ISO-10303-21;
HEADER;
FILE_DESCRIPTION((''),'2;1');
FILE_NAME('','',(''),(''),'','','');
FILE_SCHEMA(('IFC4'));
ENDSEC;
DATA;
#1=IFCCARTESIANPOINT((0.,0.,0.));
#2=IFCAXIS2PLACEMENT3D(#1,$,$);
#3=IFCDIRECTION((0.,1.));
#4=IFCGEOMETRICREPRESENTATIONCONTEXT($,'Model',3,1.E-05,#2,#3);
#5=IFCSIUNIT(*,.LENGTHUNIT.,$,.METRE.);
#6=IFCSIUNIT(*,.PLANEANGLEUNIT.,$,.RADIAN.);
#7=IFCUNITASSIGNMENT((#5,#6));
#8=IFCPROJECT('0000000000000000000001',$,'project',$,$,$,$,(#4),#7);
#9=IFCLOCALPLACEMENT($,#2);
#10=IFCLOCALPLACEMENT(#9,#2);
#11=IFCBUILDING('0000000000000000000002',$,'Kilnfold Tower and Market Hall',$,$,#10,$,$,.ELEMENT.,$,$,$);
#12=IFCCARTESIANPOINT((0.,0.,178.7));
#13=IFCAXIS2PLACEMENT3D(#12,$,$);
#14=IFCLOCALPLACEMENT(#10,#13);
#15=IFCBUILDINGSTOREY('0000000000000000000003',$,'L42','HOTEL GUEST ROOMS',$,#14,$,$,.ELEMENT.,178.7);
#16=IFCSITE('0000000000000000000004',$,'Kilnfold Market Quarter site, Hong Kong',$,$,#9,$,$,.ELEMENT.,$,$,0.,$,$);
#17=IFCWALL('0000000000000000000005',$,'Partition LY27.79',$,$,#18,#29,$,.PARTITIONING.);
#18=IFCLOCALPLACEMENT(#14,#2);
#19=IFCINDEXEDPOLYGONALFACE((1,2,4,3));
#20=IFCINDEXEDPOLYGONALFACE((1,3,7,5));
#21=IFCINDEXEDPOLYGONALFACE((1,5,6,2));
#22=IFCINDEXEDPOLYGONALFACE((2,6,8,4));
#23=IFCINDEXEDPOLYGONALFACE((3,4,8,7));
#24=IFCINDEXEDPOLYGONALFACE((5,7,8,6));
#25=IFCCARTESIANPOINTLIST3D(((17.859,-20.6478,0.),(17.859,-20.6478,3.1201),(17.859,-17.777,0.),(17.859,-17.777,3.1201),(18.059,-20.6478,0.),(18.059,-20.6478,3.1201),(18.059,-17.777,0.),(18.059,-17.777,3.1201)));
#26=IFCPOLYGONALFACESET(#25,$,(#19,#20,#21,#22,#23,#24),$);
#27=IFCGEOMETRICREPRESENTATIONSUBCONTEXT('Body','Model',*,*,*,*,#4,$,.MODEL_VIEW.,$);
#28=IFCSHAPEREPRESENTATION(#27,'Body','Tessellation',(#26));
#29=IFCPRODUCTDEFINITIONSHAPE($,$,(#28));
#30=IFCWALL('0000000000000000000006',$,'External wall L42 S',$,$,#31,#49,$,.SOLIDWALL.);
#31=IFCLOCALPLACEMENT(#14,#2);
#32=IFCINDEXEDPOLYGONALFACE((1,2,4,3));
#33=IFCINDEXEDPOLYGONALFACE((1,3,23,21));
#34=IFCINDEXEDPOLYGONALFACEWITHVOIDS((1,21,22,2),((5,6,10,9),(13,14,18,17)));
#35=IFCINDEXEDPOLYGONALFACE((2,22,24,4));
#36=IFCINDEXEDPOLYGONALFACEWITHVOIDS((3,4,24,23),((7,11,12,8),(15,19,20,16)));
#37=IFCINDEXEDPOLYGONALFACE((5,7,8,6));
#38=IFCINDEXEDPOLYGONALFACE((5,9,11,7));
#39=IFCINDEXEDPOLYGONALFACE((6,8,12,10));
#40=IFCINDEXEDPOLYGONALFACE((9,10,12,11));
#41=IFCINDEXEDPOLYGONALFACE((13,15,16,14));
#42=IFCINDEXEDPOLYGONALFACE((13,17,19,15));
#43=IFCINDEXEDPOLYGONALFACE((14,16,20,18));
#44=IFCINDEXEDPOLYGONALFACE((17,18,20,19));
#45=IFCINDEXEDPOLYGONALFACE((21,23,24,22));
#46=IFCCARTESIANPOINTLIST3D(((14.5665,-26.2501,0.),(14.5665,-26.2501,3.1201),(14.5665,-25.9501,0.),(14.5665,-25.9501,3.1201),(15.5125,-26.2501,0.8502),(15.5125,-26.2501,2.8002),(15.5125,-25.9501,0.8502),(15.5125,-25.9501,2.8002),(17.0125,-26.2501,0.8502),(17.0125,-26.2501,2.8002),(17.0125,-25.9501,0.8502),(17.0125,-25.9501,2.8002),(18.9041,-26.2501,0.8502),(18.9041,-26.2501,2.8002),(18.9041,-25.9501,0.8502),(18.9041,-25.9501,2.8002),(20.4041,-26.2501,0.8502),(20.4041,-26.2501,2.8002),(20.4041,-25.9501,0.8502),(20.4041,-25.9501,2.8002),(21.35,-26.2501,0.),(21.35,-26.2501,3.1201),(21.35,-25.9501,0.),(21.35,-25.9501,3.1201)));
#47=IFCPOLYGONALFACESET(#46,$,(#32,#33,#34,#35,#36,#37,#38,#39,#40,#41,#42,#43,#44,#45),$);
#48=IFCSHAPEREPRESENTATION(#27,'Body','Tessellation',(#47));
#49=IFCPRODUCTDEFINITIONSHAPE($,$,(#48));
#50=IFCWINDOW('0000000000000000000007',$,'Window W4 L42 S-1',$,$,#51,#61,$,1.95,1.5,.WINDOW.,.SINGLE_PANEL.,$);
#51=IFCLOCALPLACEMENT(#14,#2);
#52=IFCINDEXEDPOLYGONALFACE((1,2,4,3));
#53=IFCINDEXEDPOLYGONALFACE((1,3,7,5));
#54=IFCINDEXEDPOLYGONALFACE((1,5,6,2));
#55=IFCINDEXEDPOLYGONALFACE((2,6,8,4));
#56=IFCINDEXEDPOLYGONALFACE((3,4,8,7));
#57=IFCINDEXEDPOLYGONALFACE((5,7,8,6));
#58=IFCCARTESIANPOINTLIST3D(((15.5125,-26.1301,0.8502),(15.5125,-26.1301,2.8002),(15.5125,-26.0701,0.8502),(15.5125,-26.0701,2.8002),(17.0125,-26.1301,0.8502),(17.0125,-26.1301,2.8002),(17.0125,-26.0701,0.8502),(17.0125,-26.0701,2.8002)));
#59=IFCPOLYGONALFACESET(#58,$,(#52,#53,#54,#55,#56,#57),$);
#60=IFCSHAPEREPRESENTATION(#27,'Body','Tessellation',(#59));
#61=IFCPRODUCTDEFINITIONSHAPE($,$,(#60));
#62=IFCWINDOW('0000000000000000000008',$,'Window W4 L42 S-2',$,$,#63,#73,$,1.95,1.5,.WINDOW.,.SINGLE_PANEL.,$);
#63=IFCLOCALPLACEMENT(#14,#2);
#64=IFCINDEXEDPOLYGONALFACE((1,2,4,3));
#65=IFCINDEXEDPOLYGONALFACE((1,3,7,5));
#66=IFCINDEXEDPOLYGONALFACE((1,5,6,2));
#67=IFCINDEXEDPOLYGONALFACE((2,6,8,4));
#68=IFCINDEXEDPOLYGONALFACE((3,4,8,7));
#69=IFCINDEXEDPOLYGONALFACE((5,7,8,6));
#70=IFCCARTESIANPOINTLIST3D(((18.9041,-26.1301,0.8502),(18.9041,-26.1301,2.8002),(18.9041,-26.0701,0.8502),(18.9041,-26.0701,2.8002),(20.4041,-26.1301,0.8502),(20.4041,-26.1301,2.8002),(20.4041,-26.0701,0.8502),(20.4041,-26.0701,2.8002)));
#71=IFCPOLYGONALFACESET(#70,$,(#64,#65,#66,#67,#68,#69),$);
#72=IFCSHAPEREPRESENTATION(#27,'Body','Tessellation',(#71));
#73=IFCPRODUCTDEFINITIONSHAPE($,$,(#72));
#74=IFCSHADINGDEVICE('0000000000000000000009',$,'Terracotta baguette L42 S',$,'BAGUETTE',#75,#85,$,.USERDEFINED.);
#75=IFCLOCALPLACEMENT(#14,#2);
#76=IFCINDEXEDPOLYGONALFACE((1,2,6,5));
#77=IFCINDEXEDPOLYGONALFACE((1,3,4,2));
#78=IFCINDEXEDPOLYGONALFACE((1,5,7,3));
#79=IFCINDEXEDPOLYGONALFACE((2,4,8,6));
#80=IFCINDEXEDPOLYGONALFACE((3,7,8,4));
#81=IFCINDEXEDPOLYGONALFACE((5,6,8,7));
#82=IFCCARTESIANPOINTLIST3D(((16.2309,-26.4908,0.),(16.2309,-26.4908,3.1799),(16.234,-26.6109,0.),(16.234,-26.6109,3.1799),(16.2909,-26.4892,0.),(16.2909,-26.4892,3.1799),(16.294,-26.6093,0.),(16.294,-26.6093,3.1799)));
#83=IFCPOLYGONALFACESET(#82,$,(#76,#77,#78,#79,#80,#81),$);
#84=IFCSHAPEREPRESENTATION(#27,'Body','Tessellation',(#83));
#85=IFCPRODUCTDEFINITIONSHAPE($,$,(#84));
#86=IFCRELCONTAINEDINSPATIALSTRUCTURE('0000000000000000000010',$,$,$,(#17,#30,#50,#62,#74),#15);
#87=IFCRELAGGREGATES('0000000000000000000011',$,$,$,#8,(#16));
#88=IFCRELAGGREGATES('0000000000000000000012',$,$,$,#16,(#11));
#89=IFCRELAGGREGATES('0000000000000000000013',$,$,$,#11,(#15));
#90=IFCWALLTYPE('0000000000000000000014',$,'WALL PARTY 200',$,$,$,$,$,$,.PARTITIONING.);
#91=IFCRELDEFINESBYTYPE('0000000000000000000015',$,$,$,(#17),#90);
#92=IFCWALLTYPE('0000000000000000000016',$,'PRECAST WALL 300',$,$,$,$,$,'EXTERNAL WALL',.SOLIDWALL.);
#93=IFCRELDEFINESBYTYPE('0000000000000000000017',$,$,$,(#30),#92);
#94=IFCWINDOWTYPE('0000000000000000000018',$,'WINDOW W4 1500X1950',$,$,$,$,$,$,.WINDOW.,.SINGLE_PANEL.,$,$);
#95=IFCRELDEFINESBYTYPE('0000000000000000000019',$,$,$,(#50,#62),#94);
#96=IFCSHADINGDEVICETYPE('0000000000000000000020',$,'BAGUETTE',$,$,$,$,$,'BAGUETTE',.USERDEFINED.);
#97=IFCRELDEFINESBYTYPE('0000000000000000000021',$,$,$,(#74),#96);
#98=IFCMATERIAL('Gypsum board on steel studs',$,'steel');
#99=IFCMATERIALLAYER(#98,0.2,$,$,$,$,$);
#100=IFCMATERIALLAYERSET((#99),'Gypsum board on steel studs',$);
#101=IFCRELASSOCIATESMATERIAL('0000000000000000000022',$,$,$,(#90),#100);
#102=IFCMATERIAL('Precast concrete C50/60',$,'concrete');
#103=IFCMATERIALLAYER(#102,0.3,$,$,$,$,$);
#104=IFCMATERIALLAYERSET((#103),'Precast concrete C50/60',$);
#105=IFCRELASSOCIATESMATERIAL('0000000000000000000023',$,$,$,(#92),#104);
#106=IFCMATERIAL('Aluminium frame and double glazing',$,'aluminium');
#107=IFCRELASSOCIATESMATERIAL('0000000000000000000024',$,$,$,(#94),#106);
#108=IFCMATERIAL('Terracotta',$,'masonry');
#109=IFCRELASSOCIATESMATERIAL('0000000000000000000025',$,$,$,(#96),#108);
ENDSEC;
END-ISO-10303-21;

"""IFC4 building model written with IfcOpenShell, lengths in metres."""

from ifc_helpers import new_model, si_unit, direction, frame, frame_2d, origin, origin_2d, place, context, subcontext, project, spatial, rectangle, extrude, source, transform, mapped, material, layer, layer_set, material_profile, profile_set, type_object, element, fill, save


model = new_model("IFC4")

# Units and contexts
model_context = context("Model", 3, precision=1e-05, world=origin(), true_north=direction((0.0, 1.0)))
body_context = subcontext(model_context, "Body", "Model", "MODEL_VIEW")
ifc_project = project(units=[si_unit("LENGTHUNIT", "METRE"), si_unit("PLANEANGLEUNIT", "RADIAN")], contexts=[model_context])

# Site, building, storey
site_placement = place(None, origin())
site = spatial("IfcSite", under=ifc_project, at=site_placement, Name="Kilnfold Market Quarter site, Hong Kong", CompositionType="ELEMENT", RefElevation=0.0)
building_placement = place(site_placement, origin())
building = spatial("IfcBuilding", under=site, at=building_placement, Name="Kilnfold Tower and Market Hall", CompositionType="ELEMENT")
storey_placement = place(building_placement, frame((0.0, 0.0, 178.7)))
storey = spatial("IfcBuildingStorey", under=building, at=storey_placement, Name="L42", Description="HOTEL GUEST ROOMS", CompositionType="ELEMENT", Elevation=178.7)

# Wall
ifc_material_1 = material(Name="Gypsum board on steel studs", Category="steel")
ifc_layer_1 = layer(ifc_material_1, 0.2)
ifc_layer_set_1 = layer_set([ifc_layer_1], Name="Gypsum board on steel studs")
wall_type_1 = type_object("IfcWallType", Name="WALL PARTY 200", PredefinedType="PARTITIONING", material=ifc_layer_set_1)
wall_1_placement = place(storey_placement, frame((17.959, -20.6479, 0.0), z_axis=(0.0, 0.0, 1.0), x_axis=(0.0, 1.0, 0.0)))
element("IfcWall", 1, at=wall_1_placement, inside=storey, type_object=wall_type_1, Name="Partition LY27.79", PredefinedType="PARTITIONING", context=body_context, shape_type="SweptSolid", body=[
    extrude(rectangle(XDim=2.8708, YDim=0.2, at=frame_2d((1.4355, 0.0))), origin(), (0.0, 0.0, 1.0), 3.1201),
])

# Wall, openings, windows
ifc_material_2 = material(Name="Precast concrete C50/60", Category="concrete")
ifc_layer_2 = layer(ifc_material_2, 0.3)
ifc_layer_set_2 = layer_set([ifc_layer_2], Name="Precast concrete C50/60")
wall_type_2 = type_object("IfcWallType", Name="PRECAST WALL 300", ElementType="EXTERNAL WALL", PredefinedType="SOLIDWALL", material=ifc_layer_set_2)
shared_shape_1 = source(origin(), body_context, "Body", "SweptSolid", [
    extrude(rectangle(XDim=6.7834, YDim=0.3, at=frame_2d((3.3916, 0.0))), origin(), (0.0, 0.0, 1.0), 3.1201),
])
wall_2_placement = place(storey_placement, frame((14.5667, -26.1001, 0.0), z_axis=(0.0, 0.0, 1.0), x_axis=(1.0, 0.0, 0.0)))
wall_2 = element("IfcWall", 2, at=wall_2_placement, inside=storey, type_object=wall_type_2, Name="External wall L42 S", PredefinedType="SOLIDWALL", context=body_context, shape_type="MappedRepresentation", body=[
    mapped(shared_shape_1, transform((0.0, 0.0, 0.0))),
])
opening_1_placement = place(wall_2_placement, frame((0.9458, 0.0, 0.8501)))
opening_1 = element("IfcOpeningElement", 3, at=opening_1_placement, cuts=wall_2, PredefinedType="OPENING", context=body_context, shape_type="SweptSolid", body=[
    extrude(rectangle(XDim=1.5, YDim=1.95, at=frame_2d((0.75, 0.9751))), frame((0.0, 0.1602, 0.0), z_axis=(0.0, -1.0, 0.0), x_axis=(1.0, 0.0, 0.0)), (0.0, 0.0, 1.0), 0.3201),
])
opening_2_placement = place(wall_2_placement, frame((4.3374, 0.0, 0.8501)))
opening_2 = element("IfcOpeningElement", 4, at=opening_2_placement, cuts=wall_2, PredefinedType="OPENING", context=body_context, shape_type="SweptSolid", body=[
    extrude(rectangle(XDim=1.5, YDim=1.95, at=frame_2d((0.75, 0.9751))), frame((0.0, 0.1602, 0.0), z_axis=(0.0, -1.0, 0.0), x_axis=(1.0, 0.0, 0.0)), (0.0, 0.0, 1.0), 0.3201),
])
ifc_material_3 = material(Name="Aluminium frame and double glazing", Category="aluminium")
window_type = type_object("IfcWindowType", Name="WINDOW W4 1500X1950", PartitioningType="SINGLE_PANEL", PredefinedType="WINDOW", material=ifc_material_3)
window_1_placement = place(opening_1_placement, origin())
window_1 = element("IfcWindow", 5, at=window_1_placement, inside=storey, type_object=window_type, Name="Window W4 L42 S-1", OverallHeight=1.95, OverallWidth=1.5, PartitioningType="SINGLE_PANEL", PredefinedType="WINDOW", context=body_context, shape_type="SweptSolid", body=[
    extrude(rectangle(XDim=1.5, YDim=1.95, at=frame_2d((0.75, 0.9751))), frame((0.0, 0.03, 0.0), z_axis=(0.0, -1.0, 0.0), x_axis=(1.0, 0.0, 0.0)), (0.0, 0.0, 1.0), 0.0601),
])
fill(opening_1, window_1)
window_2_placement = place(opening_2_placement, origin())
window_2 = element("IfcWindow", 6, at=window_2_placement, inside=storey, type_object=window_type, Name="Window W4 L42 S-2", OverallHeight=1.95, OverallWidth=1.5, PartitioningType="SINGLE_PANEL", PredefinedType="WINDOW", context=body_context, shape_type="SweptSolid", body=[
    extrude(rectangle(XDim=1.5, YDim=1.95, at=frame_2d((0.75, 0.9751))), frame((0.0, 0.03, 0.0), z_axis=(0.0, -1.0, 0.0), x_axis=(1.0, 0.0, 0.0)), (0.0, 0.0, 1.0), 0.0601),
])
fill(opening_2, window_2)

# Shading device
ifc_material_4 = material(Name="Terracotta", Category="masonry")
ifc_material_profile_1 = material_profile(ifc_material_4, rectangle(XDim=0.0601, YDim=0.1201, at=origin_2d()), Name="BAG 60x120")
ifc_profile_set_1 = profile_set([ifc_material_profile_1], Name="Terracotta")
shading_device_type = type_object("IfcShadingDeviceType", Name="BAGUETTE", ElementType="BAGUETTE", PredefinedType="USERDEFINED", material=ifc_profile_set_1)
shared_shape_2 = source(origin(), body_context, "Body", "SweptSolid", [
    extrude(rectangle(XDim=0.0601, YDim=0.1201, at=origin_2d()), origin(), (0.0, 0.0, 1.0), 3.1799),
])
shading_device_placement = place(storey_placement, frame((16.2625, -26.55, 0.0), z_axis=(0.0, 0.0, 1.0), x_axis=(0.999659, 0.02613, 0.0)))
element("IfcShadingDevice", 7, at=shading_device_placement, inside=storey, type_object=shading_device_type, Name="Terracotta baguette L42 S", ObjectType="BAGUETTE", PredefinedType="USERDEFINED", context=body_context, shape_type="MappedRepresentation", body=[
    mapped(shared_shape_2, transform((0.0, 0.0, 0.0))),
])

save(model, "model.ifc")
